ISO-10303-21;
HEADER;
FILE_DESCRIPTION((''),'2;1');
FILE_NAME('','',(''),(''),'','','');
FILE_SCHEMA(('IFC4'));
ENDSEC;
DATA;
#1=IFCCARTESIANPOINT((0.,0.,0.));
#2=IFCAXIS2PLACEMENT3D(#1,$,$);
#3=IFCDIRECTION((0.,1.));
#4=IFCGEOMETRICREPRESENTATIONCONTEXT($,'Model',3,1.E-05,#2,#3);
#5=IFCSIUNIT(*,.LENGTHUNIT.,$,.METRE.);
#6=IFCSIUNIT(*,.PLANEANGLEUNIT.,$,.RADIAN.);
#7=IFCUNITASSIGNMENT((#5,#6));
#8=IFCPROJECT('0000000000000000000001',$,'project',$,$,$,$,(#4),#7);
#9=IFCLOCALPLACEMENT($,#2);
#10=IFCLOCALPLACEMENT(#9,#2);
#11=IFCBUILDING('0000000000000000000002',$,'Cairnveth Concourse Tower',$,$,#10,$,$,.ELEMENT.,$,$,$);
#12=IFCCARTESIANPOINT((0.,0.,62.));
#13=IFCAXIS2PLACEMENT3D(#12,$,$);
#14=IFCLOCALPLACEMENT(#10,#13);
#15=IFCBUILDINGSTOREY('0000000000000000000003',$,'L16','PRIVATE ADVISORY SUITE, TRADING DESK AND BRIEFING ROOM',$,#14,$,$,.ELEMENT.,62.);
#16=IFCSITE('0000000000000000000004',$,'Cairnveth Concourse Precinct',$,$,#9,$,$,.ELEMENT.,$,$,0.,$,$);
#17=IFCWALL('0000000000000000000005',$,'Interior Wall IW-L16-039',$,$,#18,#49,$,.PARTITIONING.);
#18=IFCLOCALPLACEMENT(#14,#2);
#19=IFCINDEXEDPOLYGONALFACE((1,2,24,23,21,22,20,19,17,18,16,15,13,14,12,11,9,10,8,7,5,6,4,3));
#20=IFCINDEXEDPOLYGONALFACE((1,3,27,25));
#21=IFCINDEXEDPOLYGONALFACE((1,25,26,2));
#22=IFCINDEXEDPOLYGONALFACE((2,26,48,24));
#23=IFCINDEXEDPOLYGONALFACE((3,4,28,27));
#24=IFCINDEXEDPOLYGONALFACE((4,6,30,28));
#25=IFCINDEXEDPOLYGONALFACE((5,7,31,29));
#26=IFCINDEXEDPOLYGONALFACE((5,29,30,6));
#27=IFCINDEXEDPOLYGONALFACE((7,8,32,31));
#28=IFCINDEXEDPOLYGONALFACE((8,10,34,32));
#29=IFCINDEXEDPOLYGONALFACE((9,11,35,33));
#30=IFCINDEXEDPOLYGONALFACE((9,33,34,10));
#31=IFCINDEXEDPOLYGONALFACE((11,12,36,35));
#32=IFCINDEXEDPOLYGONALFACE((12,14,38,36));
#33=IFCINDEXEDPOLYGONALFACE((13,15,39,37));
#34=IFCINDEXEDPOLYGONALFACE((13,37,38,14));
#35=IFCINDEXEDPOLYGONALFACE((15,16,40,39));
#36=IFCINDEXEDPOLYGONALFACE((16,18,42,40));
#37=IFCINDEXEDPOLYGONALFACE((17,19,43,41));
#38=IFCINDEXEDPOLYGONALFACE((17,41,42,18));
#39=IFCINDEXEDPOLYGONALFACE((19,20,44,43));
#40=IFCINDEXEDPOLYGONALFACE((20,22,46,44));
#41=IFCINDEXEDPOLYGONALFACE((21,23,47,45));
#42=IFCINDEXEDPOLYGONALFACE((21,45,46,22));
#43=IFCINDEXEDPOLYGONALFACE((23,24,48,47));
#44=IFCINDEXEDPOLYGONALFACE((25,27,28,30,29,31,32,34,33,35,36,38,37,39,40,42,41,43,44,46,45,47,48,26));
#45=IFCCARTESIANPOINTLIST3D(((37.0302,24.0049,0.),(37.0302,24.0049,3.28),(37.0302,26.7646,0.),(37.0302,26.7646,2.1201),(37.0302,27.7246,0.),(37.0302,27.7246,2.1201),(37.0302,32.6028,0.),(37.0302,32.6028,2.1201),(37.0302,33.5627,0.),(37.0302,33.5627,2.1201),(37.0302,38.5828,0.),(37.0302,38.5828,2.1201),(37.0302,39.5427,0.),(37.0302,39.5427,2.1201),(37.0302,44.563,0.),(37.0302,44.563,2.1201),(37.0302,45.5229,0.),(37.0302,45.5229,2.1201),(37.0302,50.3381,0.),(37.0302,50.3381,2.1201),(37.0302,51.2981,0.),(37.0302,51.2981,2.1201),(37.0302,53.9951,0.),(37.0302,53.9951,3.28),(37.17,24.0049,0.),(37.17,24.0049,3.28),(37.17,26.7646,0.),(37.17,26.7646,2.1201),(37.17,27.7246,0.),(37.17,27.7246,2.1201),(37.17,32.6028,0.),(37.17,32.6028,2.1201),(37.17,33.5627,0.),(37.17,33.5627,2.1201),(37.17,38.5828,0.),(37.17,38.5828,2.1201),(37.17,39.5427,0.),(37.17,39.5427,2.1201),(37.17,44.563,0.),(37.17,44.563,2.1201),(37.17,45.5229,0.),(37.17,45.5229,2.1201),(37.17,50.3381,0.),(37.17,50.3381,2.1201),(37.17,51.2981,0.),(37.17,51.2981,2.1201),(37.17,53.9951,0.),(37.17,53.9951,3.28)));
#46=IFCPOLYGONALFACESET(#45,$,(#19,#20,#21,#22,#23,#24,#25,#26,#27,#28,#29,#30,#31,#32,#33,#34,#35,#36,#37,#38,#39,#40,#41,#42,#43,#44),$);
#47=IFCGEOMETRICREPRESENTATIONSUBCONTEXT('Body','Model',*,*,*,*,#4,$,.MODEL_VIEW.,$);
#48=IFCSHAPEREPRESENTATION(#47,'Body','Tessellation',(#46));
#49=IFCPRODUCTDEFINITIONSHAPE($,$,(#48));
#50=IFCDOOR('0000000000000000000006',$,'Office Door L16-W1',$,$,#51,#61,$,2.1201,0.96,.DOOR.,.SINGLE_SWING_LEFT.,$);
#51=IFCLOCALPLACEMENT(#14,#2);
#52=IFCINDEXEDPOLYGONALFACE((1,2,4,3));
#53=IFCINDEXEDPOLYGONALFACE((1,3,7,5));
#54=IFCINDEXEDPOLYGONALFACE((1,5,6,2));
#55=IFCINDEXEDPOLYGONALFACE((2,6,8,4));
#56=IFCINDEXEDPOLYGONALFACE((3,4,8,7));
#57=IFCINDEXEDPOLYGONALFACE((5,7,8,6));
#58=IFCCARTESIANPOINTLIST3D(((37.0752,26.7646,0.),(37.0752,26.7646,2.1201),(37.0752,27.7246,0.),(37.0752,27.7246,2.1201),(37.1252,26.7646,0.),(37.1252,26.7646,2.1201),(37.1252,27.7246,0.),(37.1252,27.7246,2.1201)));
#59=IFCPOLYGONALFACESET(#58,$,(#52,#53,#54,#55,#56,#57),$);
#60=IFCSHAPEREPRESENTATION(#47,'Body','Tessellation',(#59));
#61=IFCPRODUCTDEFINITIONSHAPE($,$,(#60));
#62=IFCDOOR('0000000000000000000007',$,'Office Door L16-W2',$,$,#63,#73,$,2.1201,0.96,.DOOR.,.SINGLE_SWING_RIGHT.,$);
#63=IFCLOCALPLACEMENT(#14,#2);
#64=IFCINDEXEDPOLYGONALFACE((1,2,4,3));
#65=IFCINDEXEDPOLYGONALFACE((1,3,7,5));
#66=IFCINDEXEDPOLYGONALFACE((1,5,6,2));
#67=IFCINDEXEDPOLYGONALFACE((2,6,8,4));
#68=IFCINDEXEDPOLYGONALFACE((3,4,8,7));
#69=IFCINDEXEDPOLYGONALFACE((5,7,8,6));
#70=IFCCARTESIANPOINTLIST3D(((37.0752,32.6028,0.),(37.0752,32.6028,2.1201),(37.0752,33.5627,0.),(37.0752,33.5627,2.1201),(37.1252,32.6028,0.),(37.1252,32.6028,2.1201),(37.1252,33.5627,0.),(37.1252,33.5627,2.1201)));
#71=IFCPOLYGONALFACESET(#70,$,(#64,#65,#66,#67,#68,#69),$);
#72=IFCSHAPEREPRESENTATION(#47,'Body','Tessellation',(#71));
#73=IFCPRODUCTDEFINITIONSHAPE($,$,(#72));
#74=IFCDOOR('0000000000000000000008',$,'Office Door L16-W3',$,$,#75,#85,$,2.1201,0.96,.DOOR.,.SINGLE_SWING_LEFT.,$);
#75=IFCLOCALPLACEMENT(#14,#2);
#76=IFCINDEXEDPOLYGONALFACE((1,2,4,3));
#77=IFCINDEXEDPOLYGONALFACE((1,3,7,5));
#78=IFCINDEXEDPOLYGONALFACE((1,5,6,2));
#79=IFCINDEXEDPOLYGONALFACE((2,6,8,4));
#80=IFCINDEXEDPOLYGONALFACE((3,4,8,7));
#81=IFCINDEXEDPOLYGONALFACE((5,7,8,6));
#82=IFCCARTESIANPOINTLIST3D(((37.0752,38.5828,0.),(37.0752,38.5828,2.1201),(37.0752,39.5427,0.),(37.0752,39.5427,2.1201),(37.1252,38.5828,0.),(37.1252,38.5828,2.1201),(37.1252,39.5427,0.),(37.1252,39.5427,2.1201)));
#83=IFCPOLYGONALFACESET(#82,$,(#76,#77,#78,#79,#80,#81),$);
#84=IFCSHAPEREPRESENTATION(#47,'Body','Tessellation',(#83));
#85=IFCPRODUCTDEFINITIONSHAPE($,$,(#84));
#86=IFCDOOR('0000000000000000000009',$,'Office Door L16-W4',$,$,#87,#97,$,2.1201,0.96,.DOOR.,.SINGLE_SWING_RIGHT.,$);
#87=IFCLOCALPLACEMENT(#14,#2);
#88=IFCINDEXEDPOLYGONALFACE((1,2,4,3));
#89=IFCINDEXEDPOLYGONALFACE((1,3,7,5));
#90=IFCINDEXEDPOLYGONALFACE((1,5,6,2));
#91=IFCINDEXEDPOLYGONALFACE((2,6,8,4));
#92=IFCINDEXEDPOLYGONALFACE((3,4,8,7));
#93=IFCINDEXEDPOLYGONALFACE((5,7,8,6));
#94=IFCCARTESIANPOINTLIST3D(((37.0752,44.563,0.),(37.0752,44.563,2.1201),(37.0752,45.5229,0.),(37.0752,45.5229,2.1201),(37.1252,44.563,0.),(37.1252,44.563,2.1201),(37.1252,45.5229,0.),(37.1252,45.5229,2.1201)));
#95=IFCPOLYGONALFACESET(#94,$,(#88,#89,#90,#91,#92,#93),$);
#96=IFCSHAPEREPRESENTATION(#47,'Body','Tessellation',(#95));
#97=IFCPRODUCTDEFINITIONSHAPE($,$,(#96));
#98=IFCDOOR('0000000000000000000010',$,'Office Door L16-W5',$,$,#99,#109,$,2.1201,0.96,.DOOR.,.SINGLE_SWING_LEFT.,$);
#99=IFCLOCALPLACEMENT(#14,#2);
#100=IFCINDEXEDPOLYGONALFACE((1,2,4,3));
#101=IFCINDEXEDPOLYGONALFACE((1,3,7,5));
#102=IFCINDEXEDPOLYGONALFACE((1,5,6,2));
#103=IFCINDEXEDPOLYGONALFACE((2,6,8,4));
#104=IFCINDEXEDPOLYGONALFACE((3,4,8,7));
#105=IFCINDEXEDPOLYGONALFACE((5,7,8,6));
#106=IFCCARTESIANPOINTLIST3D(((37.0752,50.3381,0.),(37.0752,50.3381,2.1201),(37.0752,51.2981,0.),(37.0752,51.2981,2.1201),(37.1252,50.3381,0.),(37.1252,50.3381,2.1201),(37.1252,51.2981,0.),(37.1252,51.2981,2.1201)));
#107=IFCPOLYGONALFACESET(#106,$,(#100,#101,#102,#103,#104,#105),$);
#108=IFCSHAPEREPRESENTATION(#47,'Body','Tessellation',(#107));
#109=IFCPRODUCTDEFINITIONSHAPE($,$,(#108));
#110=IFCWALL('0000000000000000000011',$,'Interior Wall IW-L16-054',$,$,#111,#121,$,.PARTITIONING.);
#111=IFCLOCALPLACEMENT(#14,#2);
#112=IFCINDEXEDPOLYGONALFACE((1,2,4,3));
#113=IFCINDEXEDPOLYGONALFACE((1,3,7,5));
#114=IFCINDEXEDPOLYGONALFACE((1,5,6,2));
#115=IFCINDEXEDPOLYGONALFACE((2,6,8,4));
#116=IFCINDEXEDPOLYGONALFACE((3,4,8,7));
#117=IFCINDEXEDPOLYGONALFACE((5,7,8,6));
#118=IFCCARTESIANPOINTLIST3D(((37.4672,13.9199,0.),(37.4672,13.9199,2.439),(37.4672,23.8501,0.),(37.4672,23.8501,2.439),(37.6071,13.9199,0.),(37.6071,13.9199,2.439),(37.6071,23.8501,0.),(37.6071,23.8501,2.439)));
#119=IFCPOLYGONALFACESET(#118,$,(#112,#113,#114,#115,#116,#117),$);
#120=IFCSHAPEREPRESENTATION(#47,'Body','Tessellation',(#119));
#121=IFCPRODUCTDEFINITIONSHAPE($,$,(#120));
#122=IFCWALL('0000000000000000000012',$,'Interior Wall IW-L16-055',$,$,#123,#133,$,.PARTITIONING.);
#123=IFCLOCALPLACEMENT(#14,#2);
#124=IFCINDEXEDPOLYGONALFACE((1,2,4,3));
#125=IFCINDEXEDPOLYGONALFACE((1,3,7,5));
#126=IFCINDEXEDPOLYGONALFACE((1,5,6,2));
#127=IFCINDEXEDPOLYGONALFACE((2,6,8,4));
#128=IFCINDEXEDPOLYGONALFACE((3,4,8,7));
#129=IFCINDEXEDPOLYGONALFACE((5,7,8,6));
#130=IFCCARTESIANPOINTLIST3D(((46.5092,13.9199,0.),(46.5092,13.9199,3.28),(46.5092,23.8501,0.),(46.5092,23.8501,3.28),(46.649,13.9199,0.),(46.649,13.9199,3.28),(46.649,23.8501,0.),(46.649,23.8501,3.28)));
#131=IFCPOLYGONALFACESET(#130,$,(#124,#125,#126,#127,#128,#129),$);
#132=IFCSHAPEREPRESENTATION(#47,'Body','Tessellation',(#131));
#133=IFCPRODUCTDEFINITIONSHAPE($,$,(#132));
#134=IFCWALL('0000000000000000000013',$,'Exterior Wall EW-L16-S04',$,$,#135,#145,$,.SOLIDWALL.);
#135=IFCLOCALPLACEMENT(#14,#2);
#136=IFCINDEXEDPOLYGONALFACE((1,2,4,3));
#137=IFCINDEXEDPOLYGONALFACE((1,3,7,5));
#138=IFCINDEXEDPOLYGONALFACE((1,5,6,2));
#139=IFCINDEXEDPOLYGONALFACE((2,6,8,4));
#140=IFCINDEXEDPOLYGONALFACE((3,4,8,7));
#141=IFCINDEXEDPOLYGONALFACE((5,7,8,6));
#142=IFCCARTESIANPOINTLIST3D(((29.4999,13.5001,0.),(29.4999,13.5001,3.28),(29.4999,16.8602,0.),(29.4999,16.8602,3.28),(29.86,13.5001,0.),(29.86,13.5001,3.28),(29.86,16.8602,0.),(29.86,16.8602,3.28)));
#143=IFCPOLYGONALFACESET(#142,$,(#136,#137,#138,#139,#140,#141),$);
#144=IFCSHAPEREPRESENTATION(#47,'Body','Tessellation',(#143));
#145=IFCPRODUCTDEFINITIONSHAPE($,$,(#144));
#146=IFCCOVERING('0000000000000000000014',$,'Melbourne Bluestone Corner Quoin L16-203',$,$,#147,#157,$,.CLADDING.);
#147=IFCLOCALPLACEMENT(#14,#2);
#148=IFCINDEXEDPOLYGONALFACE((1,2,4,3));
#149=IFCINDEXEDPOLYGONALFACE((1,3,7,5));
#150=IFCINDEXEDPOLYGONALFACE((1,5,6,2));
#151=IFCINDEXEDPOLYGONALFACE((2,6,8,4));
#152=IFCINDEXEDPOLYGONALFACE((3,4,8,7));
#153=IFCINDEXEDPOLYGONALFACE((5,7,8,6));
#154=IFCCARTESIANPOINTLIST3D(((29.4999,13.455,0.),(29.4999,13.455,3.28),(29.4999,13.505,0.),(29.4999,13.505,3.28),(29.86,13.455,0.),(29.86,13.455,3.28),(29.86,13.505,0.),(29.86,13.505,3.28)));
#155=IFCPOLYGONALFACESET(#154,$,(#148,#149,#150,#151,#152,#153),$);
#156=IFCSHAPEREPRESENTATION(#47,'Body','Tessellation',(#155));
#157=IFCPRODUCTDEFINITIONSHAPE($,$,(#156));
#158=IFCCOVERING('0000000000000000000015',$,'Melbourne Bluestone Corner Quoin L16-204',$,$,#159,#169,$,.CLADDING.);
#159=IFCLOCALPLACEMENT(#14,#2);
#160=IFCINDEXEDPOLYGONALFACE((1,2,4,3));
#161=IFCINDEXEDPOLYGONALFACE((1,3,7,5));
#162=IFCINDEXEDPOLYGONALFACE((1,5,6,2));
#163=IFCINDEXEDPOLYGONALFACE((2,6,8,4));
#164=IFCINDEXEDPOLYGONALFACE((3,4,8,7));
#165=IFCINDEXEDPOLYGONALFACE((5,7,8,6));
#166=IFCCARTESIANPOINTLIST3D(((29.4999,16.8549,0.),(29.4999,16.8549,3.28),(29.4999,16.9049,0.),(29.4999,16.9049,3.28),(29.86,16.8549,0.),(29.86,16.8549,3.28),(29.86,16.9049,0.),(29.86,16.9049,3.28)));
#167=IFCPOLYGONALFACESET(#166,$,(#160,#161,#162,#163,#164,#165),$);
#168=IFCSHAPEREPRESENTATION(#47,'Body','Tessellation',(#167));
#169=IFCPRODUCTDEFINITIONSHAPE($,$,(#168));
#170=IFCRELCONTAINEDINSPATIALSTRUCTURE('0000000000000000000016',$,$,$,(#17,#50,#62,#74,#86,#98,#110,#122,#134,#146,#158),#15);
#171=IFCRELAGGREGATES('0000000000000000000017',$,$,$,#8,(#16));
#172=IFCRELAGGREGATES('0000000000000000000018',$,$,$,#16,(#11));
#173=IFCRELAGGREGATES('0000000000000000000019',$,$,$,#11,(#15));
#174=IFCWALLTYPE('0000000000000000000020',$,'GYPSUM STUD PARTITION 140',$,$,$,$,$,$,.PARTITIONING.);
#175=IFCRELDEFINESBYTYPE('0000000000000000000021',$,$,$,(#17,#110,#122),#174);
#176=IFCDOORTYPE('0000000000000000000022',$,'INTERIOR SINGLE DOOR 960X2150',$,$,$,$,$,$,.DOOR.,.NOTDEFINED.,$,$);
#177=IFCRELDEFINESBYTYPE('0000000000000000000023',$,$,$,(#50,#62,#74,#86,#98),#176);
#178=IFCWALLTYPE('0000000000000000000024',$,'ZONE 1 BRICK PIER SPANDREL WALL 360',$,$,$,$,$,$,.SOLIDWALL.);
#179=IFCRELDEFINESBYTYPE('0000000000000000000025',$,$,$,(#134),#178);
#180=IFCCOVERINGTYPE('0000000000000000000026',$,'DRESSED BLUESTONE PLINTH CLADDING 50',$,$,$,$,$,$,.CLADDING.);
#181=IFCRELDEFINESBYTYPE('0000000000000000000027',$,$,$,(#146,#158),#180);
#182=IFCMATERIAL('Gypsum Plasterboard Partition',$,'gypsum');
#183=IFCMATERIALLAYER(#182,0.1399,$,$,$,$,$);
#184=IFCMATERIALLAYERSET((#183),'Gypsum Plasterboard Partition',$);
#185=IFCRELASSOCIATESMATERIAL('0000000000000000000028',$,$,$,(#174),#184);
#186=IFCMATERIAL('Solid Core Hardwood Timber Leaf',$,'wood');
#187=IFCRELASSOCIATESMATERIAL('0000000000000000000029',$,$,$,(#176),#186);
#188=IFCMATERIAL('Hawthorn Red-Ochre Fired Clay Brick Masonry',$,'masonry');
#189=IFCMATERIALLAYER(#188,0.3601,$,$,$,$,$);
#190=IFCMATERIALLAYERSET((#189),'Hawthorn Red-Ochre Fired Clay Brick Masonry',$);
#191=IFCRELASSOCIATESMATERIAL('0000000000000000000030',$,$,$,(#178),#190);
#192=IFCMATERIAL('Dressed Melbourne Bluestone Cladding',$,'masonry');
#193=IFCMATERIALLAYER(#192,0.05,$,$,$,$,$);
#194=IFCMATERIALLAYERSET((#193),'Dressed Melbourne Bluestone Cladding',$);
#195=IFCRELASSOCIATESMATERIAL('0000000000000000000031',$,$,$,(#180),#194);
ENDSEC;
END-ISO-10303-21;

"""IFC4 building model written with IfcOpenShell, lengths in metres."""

from ifc_helpers import new_model, si_unit, direction, frame, frame_2d, origin, place, context, subcontext, project, spatial, rectangle, extrude, material, layer, layer_set, type_object, element, fill, save


model = new_model("IFC4")

# Units and contexts
model_context = context("Model", 3, precision=1e-05, world=origin(), true_north=direction((0.0, 1.0)))
body_context = subcontext(model_context, "Body", "Model", "MODEL_VIEW")
ifc_project = project(units=[si_unit("LENGTHUNIT", "METRE"), si_unit("PLANEANGLEUNIT", "RADIAN")], contexts=[model_context])

# Site, building, storey
site_placement = place(None, origin())
site = spatial("IfcSite", under=ifc_project, at=site_placement, Name="Cairnveth Concourse Precinct", CompositionType="ELEMENT", RefElevation=0.0)
building_placement = place(site_placement, origin())
building = spatial("IfcBuilding", under=site, at=building_placement, Name="Cairnveth Concourse Tower", CompositionType="ELEMENT")
storey_placement = place(building_placement, frame((0.0, 0.0, 62.0)))
storey = spatial("IfcBuildingStorey", under=building, at=storey_placement, Name="L16", Description="PRIVATE ADVISORY SUITE, TRADING DESK AND BRIEFING ROOM", CompositionType="ELEMENT", Elevation=62.0)

# Wall, openings, doors
ifc_material_1 = material(Name="Gypsum Plasterboard Partition", Category="gypsum")
ifc_layer_1 = layer(ifc_material_1, 0.1399)
ifc_layer_set_1 = layer_set([ifc_layer_1], Name="Gypsum Plasterboard Partition")
wall_type_1 = type_object("IfcWallType", Name="GYPSUM STUD PARTITION 140", PredefinedType="PARTITIONING", material=ifc_layer_set_1)
ifc_material_2 = material(Name="Solid Core Hardwood Timber Leaf", Category="wood")
door_type = type_object("IfcDoorType", Name="INTERIOR SINGLE DOOR 960X2150", OperationType="NOTDEFINED", PredefinedType="DOOR", material=ifc_material_2)
wall_1_placement = place(storey_placement, frame((37.1001, 24.0049, 0.0), z_axis=(0.0, 0.0, 1.0), x_axis=(0.0, 1.0, 0.0)))
wall_1 = element("IfcWall", 1, at=wall_1_placement, inside=storey, type_object=wall_type_1, Name="Interior Wall IW-L16-039", PredefinedType="PARTITIONING", context=body_context, shape_type="SweptSolid", body=[
    extrude(rectangle(XDim=29.9902, YDim=0.1399, at=frame_2d((14.9951, 0.0))), origin(), (0.0, 0.0, 1.0), 3.28),
])
opening_1_placement = place(wall_1_placement, frame((2.7598, 0.0, 0.0)))
opening_1 = element("IfcOpeningElement", 2, at=opening_1_placement, cuts=wall_1, PredefinedType="OPENING", context=body_context, shape_type="SweptSolid", body=[
    extrude(rectangle(XDim=0.96, YDim=2.1201, at=frame_2d((0.48, 1.0601))), frame((0.0, 0.0798, 0.0), z_axis=(0.0, -1.0, 0.0), x_axis=(1.0, 0.0, 0.0)), (0.0, 0.0, 1.0), 0.1599),
])
opening_2_placement = place(wall_1_placement, frame((8.5979, 0.0, 0.0)))
opening_2 = element("IfcOpeningElement", 3, at=opening_2_placement, cuts=wall_1, PredefinedType="OPENING", context=body_context, shape_type="SweptSolid", body=[
    extrude(rectangle(XDim=0.96, YDim=2.1201, at=frame_2d((0.48, 1.0601))), frame((0.0, 0.0798, 0.0), z_axis=(0.0, -1.0, 0.0), x_axis=(1.0, 0.0, 0.0)), (0.0, 0.0, 1.0), 0.1599),
])
opening_3_placement = place(wall_1_placement, frame((14.5779, 0.0, 0.0)))
opening_3 = element("IfcOpeningElement", 4, at=opening_3_placement, cuts=wall_1, PredefinedType="OPENING", context=body_context, shape_type="SweptSolid", body=[
    extrude(rectangle(XDim=0.96, YDim=2.1201, at=frame_2d((0.48, 1.0601))), frame((0.0, 0.0798, 0.0), z_axis=(0.0, -1.0, 0.0), x_axis=(1.0, 0.0, 0.0)), (0.0, 0.0, 1.0), 0.1599),
])
opening_4_placement = place(wall_1_placement, frame((20.5581, 0.0, 0.0)))
opening_4 = element("IfcOpeningElement", 5, at=opening_4_placement, cuts=wall_1, PredefinedType="OPENING", context=body_context, shape_type="SweptSolid", body=[
    extrude(rectangle(XDim=0.96, YDim=2.1201, at=frame_2d((0.48, 1.0601))), frame((0.0, 0.0798, 0.0), z_axis=(0.0, -1.0, 0.0), x_axis=(1.0, 0.0, 0.0)), (0.0, 0.0, 1.0), 0.1599),
])
opening_5_placement = place(wall_1_placement, frame((26.3333, 0.0, 0.0)))
opening_5 = element("IfcOpeningElement", 6, at=opening_5_placement, cuts=wall_1, PredefinedType="OPENING", context=body_context, shape_type="SweptSolid", body=[
    extrude(rectangle(XDim=0.96, YDim=2.1201, at=frame_2d((0.48, 1.0601))), frame((0.0, 0.0798, 0.0), z_axis=(0.0, -1.0, 0.0), x_axis=(1.0, 0.0, 0.0)), (0.0, 0.0, 1.0), 0.1599),
])
door_1_placement = place(opening_1_placement, origin())
door_1 = element("IfcDoor", 7, at=door_1_placement, inside=storey, type_object=door_type, Name="Office Door L16-W1", OperationType="SINGLE_SWING_LEFT", OverallHeight=2.1201, OverallWidth=0.96, PredefinedType="DOOR", context=body_context, shape_type="SweptSolid", body=[
    extrude(rectangle(XDim=0.96, YDim=2.1201, at=frame_2d((0.48, 1.0601))), frame((0.0, 0.0249, 0.0), z_axis=(0.0, -1.0, 0.0), x_axis=(1.0, 0.0, 0.0)), (0.0, 0.0, 1.0), 0.05),
])
fill(opening_1, door_1)
door_2_placement = place(opening_2_placement, origin())
door_2 = element("IfcDoor", 8, at=door_2_placement, inside=storey, type_object=door_type, Name="Office Door L16-W2", OperationType="SINGLE_SWING_RIGHT", OverallHeight=2.1201, OverallWidth=0.96, PredefinedType="DOOR", context=body_context, shape_type="SweptSolid", body=[
    extrude(rectangle(XDim=0.96, YDim=2.1201, at=frame_2d((0.48, 1.0601))), frame((0.0, 0.0249, 0.0), z_axis=(0.0, -1.0, 0.0), x_axis=(1.0, 0.0, 0.0)), (0.0, 0.0, 1.0), 0.05),
])
fill(opening_2, door_2)
door_3_placement = place(opening_3_placement, origin())
door_3 = element("IfcDoor", 9, at=door_3_placement, inside=storey, type_object=door_type, Name="Office Door L16-W3", OperationType="SINGLE_SWING_LEFT", OverallHeight=2.1201, OverallWidth=0.96, PredefinedType="DOOR", context=body_context, shape_type="SweptSolid", body=[
    extrude(rectangle(XDim=0.96, YDim=2.1201, at=frame_2d((0.48, 1.0601))), frame((0.0, 0.0249, 0.0), z_axis=(0.0, -1.0, 0.0), x_axis=(1.0, 0.0, 0.0)), (0.0, 0.0, 1.0), 0.05),
])
fill(opening_3, door_3)
door_4_placement = place(opening_4_placement, origin())
door_4 = element("IfcDoor", 10, at=door_4_placement, inside=storey, type_object=door_type, Name="Office Door L16-W4", OperationType="SINGLE_SWING_RIGHT", OverallHeight=2.1201, OverallWidth=0.96, PredefinedType="DOOR", context=body_context, shape_type="SweptSolid", body=[
    extrude(rectangle(XDim=0.96, YDim=2.1201, at=frame_2d((0.48, 1.0601))), frame((0.0, 0.0249, 0.0), z_axis=(0.0, -1.0, 0.0), x_axis=(1.0, 0.0, 0.0)), (0.0, 0.0, 1.0), 0.05),
])
fill(opening_4, door_4)
door_5_placement = place(opening_5_placement, origin())
door_5 = element("IfcDoor", 11, at=door_5_placement, inside=storey, type_object=door_type, Name="Office Door L16-W5", OperationType="SINGLE_SWING_LEFT", OverallHeight=2.1201, OverallWidth=0.96, PredefinedType="DOOR", context=body_context, shape_type="SweptSolid", body=[
    extrude(rectangle(XDim=0.96, YDim=2.1201, at=frame_2d((0.48, 1.0601))), frame((0.0, 0.0249, 0.0), z_axis=(0.0, -1.0, 0.0), x_axis=(1.0, 0.0, 0.0)), (0.0, 0.0, 1.0), 0.05),
])
fill(opening_5, door_5)

# Walls
wall_2_placement = place(storey_placement, frame((37.5371, 13.9199, 0.0), z_axis=(0.0, 0.0, 1.0), x_axis=(0.0, 1.0, 0.0)))
element("IfcWall", 12, at=wall_2_placement, inside=storey, type_object=wall_type_1, Name="Interior Wall IW-L16-054", PredefinedType="PARTITIONING", context=body_context, shape_type="SweptSolid", body=[
    extrude(rectangle(XDim=9.9302, YDim=0.1399, at=frame_2d((4.9651, 0.0))), origin(), (0.0, 0.0, 1.0), 2.439),
])
wall_3_placement = place(storey_placement, frame((46.5791, 13.9199, 0.0), z_axis=(0.0, 0.0, 1.0), x_axis=(0.0, 1.0, 0.0)))
element("IfcWall", 13, at=wall_3_placement, inside=storey, type_object=wall_type_1, Name="Interior Wall IW-L16-055", PredefinedType="PARTITIONING", context=body_context, shape_type="SweptSolid", body=[
    extrude(rectangle(XDim=9.9302, YDim=0.1399, at=frame_2d((4.9651, 0.0))), origin(), (0.0, 0.0, 1.0), 3.28),
])
ifc_material_3 = material(Name="Hawthorn Red-Ochre Fired Clay Brick Masonry", Category="masonry")
ifc_layer_2 = layer(ifc_material_3, 0.3601)
ifc_layer_set_2 = layer_set([ifc_layer_2], Name="Hawthorn Red-Ochre Fired Clay Brick Masonry")
wall_type_2 = type_object("IfcWallType", Name="ZONE 1 BRICK PIER SPANDREL WALL 360", PredefinedType="SOLIDWALL", material=ifc_layer_set_2)
wall_4_placement = place(storey_placement, frame((29.6799, 13.5, 0.0), z_axis=(0.0, 0.0, 1.0), x_axis=(0.0, 1.0, 0.0)))
element("IfcWall", 14, at=wall_4_placement, inside=storey, type_object=wall_type_2, Name="Exterior Wall EW-L16-S04", PredefinedType="SOLIDWALL", context=body_context, shape_type="SweptSolid", body=[
    extrude(rectangle(XDim=3.3601, YDim=0.3601, at=frame_2d((1.6802, 0.0))), origin(), (0.0, 0.0, 1.0), 3.28),
])

# Coverings
ifc_material_4 = material(Name="Dressed Melbourne Bluestone Cladding", Category="masonry")
ifc_layer_3 = layer(ifc_material_4, 0.05)
ifc_layer_set_3 = layer_set([ifc_layer_3], Name="Dressed Melbourne Bluestone Cladding")
covering_type = type_object("IfcCoveringType", Name="DRESSED BLUESTONE PLINTH CLADDING 50", PredefinedType="CLADDING", material=ifc_layer_set_3)
for number, where, z_axis, x_axis, name in (
    (15, (29.8601, 13.48, 0.0), (0.0, 0.0, 1.0), (-1.0, 0.0, 0.0), "Melbourne Bluestone Corner Quoin L16-203"),
    (16, (29.8601, 16.8799, 0.0), (0.0, 0.0, 1.0), (-1.0, 0.0, 0.0), "Melbourne Bluestone Corner Quoin L16-204"),
):
    element("IfcCovering", number, at=place(storey_placement, frame(where, z_axis=z_axis, x_axis=x_axis)), inside=storey, type_object=covering_type, Name=name, PredefinedType="CLADDING", context=body_context, shape_type="SweptSolid", body=[
        extrude(rectangle(XDim=0.3601, YDim=0.05, at=frame_2d((0.1802, 0.0))), origin(), (0.0, 0.0, 1.0), 3.28),
    ])

save(model, "model.ifc")
